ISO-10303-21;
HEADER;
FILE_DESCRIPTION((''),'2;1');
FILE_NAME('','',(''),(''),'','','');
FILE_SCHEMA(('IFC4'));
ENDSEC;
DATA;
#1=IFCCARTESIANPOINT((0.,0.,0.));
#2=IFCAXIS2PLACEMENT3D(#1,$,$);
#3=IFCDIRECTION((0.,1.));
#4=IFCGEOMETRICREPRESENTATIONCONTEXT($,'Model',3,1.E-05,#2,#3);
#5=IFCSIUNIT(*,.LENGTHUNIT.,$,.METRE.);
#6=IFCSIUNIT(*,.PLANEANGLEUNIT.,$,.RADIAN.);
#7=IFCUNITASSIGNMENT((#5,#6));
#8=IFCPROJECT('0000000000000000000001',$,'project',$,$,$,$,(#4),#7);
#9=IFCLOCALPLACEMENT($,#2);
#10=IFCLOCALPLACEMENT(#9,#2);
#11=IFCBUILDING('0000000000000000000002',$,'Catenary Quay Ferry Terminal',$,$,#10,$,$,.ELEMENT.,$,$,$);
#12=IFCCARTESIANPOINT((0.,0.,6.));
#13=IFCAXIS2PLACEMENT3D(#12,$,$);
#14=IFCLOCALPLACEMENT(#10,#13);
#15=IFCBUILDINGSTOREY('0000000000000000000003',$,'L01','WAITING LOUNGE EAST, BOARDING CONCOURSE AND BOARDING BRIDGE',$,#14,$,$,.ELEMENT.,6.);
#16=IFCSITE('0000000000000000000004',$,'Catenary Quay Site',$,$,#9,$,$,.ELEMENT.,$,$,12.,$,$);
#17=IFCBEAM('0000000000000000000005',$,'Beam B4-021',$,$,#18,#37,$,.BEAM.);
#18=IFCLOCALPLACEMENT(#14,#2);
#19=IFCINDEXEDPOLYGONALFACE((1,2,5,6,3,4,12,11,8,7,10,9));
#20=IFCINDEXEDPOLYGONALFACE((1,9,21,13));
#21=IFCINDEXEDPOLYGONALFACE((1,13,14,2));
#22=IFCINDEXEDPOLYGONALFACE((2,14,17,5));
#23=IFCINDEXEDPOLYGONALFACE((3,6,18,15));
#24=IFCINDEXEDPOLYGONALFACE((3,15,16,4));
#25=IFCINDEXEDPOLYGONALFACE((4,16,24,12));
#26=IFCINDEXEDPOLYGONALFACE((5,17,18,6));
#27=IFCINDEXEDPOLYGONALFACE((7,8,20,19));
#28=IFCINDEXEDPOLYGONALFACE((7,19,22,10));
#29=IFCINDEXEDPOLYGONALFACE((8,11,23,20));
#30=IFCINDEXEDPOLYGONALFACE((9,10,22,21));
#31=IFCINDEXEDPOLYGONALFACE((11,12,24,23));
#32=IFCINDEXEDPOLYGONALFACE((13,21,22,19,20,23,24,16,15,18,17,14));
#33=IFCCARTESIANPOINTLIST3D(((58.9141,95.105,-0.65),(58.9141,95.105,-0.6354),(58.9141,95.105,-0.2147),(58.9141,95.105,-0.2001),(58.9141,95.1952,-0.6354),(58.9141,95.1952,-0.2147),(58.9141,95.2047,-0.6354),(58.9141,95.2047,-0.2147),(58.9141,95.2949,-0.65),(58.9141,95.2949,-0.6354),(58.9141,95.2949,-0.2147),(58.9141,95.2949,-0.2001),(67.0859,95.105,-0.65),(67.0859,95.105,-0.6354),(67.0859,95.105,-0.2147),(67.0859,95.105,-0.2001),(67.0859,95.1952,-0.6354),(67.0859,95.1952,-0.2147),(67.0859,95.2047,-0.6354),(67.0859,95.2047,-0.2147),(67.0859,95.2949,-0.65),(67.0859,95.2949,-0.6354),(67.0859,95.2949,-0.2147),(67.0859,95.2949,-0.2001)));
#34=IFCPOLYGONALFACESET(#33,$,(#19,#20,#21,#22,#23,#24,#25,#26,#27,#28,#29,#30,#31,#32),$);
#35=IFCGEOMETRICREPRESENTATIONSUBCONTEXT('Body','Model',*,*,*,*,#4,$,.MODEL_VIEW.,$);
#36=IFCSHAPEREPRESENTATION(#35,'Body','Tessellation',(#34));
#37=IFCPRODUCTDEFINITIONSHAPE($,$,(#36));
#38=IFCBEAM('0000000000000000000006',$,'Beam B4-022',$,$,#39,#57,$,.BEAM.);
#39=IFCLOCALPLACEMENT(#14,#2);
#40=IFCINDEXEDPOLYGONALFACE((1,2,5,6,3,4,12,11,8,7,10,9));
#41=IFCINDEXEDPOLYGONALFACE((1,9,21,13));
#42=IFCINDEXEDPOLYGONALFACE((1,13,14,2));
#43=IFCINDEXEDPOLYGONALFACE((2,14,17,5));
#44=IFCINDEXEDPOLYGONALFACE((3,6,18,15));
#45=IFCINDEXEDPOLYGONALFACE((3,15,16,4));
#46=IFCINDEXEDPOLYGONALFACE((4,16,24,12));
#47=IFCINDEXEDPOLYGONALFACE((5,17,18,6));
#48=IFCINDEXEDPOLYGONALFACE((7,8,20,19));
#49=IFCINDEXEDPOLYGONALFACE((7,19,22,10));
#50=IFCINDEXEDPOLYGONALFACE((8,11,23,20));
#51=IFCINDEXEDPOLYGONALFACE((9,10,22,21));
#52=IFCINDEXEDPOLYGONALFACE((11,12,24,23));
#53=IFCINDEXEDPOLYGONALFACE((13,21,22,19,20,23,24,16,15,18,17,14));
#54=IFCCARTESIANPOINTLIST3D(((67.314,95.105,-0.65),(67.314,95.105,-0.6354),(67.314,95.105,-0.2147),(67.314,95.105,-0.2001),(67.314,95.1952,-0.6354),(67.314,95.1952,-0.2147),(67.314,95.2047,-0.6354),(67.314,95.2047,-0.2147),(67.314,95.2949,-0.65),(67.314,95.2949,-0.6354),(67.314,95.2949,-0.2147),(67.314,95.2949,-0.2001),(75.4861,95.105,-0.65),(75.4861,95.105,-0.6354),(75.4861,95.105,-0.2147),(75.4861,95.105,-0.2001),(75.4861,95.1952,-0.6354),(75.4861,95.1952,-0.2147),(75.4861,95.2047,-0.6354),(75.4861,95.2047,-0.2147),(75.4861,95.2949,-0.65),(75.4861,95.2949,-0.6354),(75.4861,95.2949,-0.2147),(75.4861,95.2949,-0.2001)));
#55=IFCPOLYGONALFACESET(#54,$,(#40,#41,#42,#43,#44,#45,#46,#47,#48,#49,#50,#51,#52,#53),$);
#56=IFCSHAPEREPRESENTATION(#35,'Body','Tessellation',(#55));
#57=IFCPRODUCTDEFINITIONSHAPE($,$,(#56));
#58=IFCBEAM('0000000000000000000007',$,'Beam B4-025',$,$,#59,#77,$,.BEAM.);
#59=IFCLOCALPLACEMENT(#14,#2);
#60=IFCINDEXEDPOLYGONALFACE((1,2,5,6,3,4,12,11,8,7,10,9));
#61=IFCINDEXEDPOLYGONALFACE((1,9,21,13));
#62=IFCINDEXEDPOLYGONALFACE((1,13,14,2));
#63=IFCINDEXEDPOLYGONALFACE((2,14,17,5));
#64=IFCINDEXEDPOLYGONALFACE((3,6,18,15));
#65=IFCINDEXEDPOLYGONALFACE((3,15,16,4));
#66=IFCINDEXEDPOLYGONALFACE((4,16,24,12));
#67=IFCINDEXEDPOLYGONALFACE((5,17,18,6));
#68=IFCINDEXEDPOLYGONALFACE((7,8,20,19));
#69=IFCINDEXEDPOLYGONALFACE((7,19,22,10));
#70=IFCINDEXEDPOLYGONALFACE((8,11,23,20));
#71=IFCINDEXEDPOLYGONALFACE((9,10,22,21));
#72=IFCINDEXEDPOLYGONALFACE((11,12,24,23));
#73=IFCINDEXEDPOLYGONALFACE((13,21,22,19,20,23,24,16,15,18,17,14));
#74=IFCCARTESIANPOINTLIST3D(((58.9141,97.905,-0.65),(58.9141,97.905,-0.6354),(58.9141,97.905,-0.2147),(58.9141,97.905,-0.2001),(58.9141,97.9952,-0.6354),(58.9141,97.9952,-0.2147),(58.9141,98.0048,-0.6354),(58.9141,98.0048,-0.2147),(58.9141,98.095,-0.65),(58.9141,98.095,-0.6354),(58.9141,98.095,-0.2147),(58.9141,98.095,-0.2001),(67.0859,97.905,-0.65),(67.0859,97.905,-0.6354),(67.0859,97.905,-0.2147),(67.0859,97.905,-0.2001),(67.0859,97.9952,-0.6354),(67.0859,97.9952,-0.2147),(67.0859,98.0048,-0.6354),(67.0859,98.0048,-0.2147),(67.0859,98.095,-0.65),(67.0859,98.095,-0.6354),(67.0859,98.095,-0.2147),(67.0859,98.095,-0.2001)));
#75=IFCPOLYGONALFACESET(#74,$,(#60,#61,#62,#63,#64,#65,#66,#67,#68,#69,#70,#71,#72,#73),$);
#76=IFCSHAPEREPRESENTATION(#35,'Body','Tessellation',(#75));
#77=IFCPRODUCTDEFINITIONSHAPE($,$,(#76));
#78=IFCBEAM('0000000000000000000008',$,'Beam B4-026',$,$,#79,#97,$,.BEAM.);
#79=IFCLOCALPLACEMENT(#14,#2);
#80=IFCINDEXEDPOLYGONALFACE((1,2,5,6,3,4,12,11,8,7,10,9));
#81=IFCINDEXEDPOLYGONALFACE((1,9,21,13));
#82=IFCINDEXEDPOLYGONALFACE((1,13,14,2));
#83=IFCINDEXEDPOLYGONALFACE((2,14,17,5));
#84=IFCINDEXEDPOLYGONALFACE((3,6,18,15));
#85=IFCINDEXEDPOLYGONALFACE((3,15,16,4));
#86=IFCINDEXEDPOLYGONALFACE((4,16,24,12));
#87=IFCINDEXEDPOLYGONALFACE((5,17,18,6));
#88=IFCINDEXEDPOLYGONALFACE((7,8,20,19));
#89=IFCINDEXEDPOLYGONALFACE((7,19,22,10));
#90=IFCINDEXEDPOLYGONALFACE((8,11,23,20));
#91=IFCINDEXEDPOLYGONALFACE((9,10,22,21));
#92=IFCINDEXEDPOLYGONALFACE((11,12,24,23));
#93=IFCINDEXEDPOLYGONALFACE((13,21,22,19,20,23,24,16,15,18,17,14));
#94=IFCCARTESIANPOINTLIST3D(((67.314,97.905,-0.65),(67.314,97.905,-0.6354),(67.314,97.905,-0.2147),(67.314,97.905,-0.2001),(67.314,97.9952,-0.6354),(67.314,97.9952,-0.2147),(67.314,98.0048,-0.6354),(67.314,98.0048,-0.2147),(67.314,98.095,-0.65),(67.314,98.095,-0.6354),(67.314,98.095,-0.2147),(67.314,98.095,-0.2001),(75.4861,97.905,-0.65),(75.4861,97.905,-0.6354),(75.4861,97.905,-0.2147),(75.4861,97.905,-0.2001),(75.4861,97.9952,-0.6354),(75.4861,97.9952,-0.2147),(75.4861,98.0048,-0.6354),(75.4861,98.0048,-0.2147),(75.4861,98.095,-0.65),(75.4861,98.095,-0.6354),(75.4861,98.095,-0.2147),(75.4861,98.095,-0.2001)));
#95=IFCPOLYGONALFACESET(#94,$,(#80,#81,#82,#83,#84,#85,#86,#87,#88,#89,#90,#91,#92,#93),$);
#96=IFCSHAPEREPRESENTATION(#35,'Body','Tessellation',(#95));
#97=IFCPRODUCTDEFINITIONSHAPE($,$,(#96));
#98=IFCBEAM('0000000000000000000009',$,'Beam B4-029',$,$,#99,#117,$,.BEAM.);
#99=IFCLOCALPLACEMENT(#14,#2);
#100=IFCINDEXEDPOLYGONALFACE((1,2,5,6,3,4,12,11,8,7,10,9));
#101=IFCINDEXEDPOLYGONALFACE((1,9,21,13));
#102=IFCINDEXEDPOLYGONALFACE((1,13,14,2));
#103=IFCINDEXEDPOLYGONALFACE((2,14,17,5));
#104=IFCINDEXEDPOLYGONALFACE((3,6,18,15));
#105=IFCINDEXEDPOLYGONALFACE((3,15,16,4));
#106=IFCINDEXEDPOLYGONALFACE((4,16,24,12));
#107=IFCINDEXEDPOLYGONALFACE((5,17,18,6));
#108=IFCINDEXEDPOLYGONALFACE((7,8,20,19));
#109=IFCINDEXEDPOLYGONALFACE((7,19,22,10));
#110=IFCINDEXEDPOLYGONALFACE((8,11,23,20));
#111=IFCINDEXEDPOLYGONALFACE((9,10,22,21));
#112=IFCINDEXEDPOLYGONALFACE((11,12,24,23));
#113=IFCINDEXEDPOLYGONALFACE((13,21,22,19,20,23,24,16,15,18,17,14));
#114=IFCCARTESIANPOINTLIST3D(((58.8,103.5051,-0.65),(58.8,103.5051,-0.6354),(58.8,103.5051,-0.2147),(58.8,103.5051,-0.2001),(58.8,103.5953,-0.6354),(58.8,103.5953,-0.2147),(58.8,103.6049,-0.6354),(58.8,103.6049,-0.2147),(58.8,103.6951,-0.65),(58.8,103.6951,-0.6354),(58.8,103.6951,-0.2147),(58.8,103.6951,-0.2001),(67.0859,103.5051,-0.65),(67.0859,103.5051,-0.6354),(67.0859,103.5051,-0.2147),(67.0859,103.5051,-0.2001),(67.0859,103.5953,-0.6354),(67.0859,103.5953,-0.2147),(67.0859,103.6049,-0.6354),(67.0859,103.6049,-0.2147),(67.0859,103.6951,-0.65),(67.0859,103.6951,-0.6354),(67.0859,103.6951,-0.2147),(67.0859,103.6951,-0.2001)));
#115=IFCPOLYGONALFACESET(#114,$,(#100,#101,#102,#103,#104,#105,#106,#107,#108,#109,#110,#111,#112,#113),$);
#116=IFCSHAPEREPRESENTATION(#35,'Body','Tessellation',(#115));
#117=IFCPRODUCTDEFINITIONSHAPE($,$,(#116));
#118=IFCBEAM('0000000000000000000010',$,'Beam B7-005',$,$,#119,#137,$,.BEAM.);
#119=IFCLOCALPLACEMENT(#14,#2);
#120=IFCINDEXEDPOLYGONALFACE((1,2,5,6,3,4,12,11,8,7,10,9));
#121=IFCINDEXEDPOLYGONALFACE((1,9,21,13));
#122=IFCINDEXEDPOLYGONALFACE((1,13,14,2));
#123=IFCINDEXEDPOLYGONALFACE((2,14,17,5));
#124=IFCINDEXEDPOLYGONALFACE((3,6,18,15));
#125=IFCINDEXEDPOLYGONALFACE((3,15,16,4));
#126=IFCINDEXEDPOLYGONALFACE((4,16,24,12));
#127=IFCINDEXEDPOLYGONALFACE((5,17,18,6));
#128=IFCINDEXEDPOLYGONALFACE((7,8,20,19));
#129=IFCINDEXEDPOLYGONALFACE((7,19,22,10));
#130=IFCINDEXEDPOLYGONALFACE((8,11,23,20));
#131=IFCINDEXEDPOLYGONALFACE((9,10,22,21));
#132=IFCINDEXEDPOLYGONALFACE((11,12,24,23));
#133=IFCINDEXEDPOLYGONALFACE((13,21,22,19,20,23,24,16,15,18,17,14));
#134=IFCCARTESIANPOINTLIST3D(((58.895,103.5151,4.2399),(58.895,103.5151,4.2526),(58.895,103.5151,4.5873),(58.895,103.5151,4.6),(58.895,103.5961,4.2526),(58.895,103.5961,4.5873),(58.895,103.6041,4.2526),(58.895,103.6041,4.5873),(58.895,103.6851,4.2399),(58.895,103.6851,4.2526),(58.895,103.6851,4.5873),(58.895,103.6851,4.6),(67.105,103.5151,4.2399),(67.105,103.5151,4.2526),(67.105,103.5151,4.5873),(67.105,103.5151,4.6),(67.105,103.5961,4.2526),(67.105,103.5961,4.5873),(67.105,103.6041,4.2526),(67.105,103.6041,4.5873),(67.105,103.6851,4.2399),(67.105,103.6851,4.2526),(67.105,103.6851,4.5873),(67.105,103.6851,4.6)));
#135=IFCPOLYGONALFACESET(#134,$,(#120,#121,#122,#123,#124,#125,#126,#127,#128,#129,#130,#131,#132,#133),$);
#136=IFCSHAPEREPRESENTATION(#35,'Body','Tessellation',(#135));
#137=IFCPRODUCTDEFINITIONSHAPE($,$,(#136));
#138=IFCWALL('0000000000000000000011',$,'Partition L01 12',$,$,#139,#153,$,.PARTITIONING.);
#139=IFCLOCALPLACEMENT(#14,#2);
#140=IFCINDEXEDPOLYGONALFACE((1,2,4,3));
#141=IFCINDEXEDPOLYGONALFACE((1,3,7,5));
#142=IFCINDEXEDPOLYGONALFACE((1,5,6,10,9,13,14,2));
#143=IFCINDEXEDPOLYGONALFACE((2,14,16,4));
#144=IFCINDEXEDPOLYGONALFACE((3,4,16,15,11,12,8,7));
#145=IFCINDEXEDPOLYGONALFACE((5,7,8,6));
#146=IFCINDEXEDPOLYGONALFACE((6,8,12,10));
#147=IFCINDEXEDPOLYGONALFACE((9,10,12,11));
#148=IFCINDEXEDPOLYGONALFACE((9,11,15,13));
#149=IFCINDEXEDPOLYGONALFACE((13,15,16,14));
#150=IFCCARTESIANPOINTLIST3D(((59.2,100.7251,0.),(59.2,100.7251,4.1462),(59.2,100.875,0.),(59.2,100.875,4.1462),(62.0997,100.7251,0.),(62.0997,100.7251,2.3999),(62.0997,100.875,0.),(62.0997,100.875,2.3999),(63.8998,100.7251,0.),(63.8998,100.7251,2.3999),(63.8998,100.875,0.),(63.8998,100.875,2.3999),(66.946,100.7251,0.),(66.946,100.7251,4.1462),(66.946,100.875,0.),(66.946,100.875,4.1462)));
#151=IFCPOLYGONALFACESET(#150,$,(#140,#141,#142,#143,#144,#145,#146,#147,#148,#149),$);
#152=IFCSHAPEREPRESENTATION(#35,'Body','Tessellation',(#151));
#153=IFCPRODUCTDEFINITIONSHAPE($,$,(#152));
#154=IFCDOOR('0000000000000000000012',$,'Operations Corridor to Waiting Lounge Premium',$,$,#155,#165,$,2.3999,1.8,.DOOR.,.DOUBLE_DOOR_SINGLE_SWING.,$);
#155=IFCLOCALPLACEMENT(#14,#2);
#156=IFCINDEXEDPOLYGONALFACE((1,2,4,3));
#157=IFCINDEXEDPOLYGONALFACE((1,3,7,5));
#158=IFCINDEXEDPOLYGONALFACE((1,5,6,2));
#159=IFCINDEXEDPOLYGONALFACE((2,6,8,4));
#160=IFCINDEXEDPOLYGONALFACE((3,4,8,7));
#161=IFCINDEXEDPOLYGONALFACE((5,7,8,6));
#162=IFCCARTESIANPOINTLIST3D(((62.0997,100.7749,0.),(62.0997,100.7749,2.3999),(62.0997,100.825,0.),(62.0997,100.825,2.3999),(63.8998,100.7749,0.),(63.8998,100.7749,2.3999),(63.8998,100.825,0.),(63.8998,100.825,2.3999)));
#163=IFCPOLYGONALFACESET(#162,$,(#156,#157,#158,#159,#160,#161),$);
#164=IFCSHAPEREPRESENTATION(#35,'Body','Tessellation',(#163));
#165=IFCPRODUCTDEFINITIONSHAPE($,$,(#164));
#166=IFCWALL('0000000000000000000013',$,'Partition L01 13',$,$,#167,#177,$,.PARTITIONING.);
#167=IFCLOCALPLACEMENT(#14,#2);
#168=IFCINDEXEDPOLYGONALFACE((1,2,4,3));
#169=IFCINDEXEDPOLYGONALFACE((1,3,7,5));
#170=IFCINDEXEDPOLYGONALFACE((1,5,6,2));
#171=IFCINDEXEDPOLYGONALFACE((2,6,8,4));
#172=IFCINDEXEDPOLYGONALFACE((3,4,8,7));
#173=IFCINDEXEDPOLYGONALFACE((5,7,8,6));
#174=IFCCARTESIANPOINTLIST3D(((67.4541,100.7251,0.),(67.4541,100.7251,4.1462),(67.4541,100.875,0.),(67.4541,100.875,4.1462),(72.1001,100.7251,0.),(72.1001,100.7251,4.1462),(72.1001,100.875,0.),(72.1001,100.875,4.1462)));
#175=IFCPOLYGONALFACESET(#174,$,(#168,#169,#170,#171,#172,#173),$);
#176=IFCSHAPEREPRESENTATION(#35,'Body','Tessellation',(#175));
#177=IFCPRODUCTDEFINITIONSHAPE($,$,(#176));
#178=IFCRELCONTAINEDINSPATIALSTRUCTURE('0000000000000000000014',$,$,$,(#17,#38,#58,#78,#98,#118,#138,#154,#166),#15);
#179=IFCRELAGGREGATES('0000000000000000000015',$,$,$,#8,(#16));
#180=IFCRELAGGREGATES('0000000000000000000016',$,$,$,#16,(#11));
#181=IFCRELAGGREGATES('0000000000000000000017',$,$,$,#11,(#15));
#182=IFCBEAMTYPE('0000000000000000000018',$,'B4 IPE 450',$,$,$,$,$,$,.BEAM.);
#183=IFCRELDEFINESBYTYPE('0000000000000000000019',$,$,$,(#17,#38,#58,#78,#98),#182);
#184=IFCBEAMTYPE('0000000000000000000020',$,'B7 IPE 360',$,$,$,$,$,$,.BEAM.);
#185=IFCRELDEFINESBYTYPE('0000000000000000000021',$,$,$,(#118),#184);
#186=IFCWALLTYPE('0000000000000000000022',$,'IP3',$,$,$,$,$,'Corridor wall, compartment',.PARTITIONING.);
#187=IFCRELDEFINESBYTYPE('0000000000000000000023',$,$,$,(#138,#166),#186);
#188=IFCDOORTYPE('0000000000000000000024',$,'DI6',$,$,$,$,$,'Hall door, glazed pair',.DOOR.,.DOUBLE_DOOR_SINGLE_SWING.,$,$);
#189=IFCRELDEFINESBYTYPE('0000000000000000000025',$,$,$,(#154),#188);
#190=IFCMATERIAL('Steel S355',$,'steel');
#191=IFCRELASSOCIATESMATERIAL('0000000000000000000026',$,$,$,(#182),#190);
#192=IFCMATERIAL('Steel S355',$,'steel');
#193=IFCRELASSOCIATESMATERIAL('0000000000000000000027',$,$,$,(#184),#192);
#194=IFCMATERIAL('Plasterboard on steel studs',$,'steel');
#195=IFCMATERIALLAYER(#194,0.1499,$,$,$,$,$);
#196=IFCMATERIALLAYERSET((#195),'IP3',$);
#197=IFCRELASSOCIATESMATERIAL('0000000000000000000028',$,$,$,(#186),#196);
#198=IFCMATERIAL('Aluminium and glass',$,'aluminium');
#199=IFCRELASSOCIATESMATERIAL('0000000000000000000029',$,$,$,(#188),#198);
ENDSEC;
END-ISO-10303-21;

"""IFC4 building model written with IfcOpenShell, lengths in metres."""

from ifc_helpers import new_model, si_unit, direction, frame, frame_2d, origin, origin_2d, place, context, subcontext, project, spatial, rectangle, i_section, extrude, material, layer, layer_set, material_profile, profile_set, type_object, element, fill, save


model = new_model("IFC4")

# Units and contexts
model_context = context("Model", 3, precision=1e-05, world=origin(), true_north=direction((0.0, 1.0)))
body_context = subcontext(model_context, "Body", "Model", "MODEL_VIEW")
ifc_project = project(units=[si_unit("LENGTHUNIT", "METRE"), si_unit("PLANEANGLEUNIT", "RADIAN")], contexts=[model_context])

# Site, building, storey
site_placement = place(None, origin())
site = spatial("IfcSite", under=ifc_project, at=site_placement, Name="Catenary Quay Site", CompositionType="ELEMENT", RefElevation=12.0)
building_placement = place(site_placement, origin())
building = spatial("IfcBuilding", under=site, at=building_placement, Name="Catenary Quay Ferry Terminal", CompositionType="ELEMENT")
storey_placement = place(building_placement, frame((0.0, 0.0, 6.0)))
storey = spatial("IfcBuildingStorey", under=building, at=storey_placement, Name="L01", Description="WAITING LOUNGE EAST, BOARDING CONCOURSE AND BOARDING BRIDGE", CompositionType="ELEMENT", Elevation=6.0)

# Beams
ifc_material_1 = material(Name="Steel S355", Category="steel")
ifc_material_profile_1 = material_profile(ifc_material_1, i_section(OverallWidth=0.1899, OverallDepth=0.45, WebThickness=0.0095, FlangeThickness=0.0146, at=origin_2d()), Name="IPE 450")
ifc_profile_set_1 = profile_set([ifc_material_profile_1], Name="Steel S355")
beam_type_1 = type_object("IfcBeamType", Name="B4 IPE 450", PredefinedType="BEAM", material=ifc_profile_set_1)
beam_1_placement = place(storey_placement, frame((58.9141, 95.2, -0.425), z_axis=(1.0, 0.0, 0.0), x_axis=(0.0, 1.0, 0.0)))
element("IfcBeam", 1, at=beam_1_placement, inside=storey, type_object=beam_type_1, Name="Beam B4-021", PredefinedType="BEAM", context=body_context, shape_type="SweptSolid", body=[
    extrude(i_section(OverallWidth=0.1899, OverallDepth=0.45, WebThickness=0.0095, FlangeThickness=0.0146, at=origin_2d()), origin(), (0.0, 0.0, 1.0), 8.1719),
])
beam_2_placement = place(storey_placement, frame((67.314, 95.2, -0.425), z_axis=(1.0, 0.0, 0.0), x_axis=(0.0, 1.0, 0.0)))
element("IfcBeam", 2, at=beam_2_placement, inside=storey, type_object=beam_type_1, Name="Beam B4-022", PredefinedType="BEAM", context=body_context, shape_type="SweptSolid", body=[
    extrude(i_section(OverallWidth=0.1899, OverallDepth=0.45, WebThickness=0.0095, FlangeThickness=0.0146, at=origin_2d()), origin(), (0.0, 0.0, 1.0), 8.1721),
])
beam_3_placement = place(storey_placement, frame((58.9141, 98.0, -0.425), z_axis=(1.0, 0.0, 0.0), x_axis=(0.0, 1.0, 0.0)))
element("IfcBeam", 3, at=beam_3_placement, inside=storey, type_object=beam_type_1, Name="Beam B4-025", PredefinedType="BEAM", context=body_context, shape_type="SweptSolid", body=[
    extrude(i_section(OverallWidth=0.1899, OverallDepth=0.45, WebThickness=0.0095, FlangeThickness=0.0146, at=origin_2d()), origin(), (0.0, 0.0, 1.0), 8.1719),
])
beam_4_placement = place(storey_placement, frame((67.314, 98.0, -0.425), z_axis=(1.0, 0.0, 0.0), x_axis=(0.0, 1.0, 0.0)))
element("IfcBeam", 4, at=beam_4_placement, inside=storey, type_object=beam_type_1, Name="Beam B4-026", PredefinedType="BEAM", context=body_context, shape_type="SweptSolid", body=[
    extrude(i_section(OverallWidth=0.1899, OverallDepth=0.45, WebThickness=0.0095, FlangeThickness=0.0146, at=origin_2d()), origin(), (0.0, 0.0, 1.0), 8.1721),
])
beam_5_placement = place(storey_placement, frame((58.8, 103.6001, -0.425), z_axis=(1.0, 0.0, 0.0), x_axis=(0.0, 1.0, 0.0)))
element("IfcBeam", 5, at=beam_5_placement, inside=storey, type_object=beam_type_1, Name="Beam B4-029", PredefinedType="BEAM", context=body_context, shape_type="SweptSolid", body=[
    extrude(i_section(OverallWidth=0.1899, OverallDepth=0.45, WebThickness=0.0095, FlangeThickness=0.0146, at=origin_2d()), origin(), (0.0, 0.0, 1.0), 8.2859),
])
ifc_material_2 = material(Name="Steel S355", Category="steel")
ifc_material_profile_2 = material_profile(ifc_material_2, i_section(OverallWidth=0.1699, OverallDepth=0.3601, WebThickness=0.0081, FlangeThickness=0.0127, at=origin_2d()), Name="IPE 360")
ifc_profile_set_2 = profile_set([ifc_material_profile_2], Name="Steel S355")
beam_type_2 = type_object("IfcBeamType", Name="B7 IPE 360", PredefinedType="BEAM", material=ifc_profile_set_2)
beam_6_placement = place(storey_placement, frame((58.895, 103.6001, 4.4199), z_axis=(1.0, 0.0, 0.0), x_axis=(0.0, 1.0, 0.0)))
element("IfcBeam", 6, at=beam_6_placement, inside=storey, type_object=beam_type_2, Name="Beam B7-005", PredefinedType="BEAM", context=body_context, shape_type="SweptSolid", body=[
    extrude(i_section(OverallWidth=0.1699, OverallDepth=0.3601, WebThickness=0.0081, FlangeThickness=0.0127, at=origin_2d()), origin(), (0.0, 0.0, 1.0), 8.21),
])

# Wall, opening, door
ifc_material_3 = material(Name="Plasterboard on steel studs", Category="steel")
ifc_layer_1 = layer(ifc_material_3, 0.1499)
ifc_layer_set_1 = layer_set([ifc_layer_1], Name="IP3")
wall_type_1 = type_object("IfcWallType", Name="IP3", ElementType="Corridor wall, compartment", PredefinedType="PARTITIONING", material=ifc_layer_set_1)
wall_1_placement = place(storey_placement, frame((59.2, 100.8, 0.0), z_axis=(0.0, 0.0, 1.0), x_axis=(1.0, 0.0, 0.0)))
wall_1 = element("IfcWall", 7, at=wall_1_placement, inside=storey, type_object=wall_type_1, Name="Partition L01 12", PredefinedType="PARTITIONING", context=body_context, shape_type="SweptSolid", body=[
    extrude(rectangle(XDim=7.7461, YDim=0.1499, at=frame_2d((3.873, 0.0))), origin(), (0.0, 0.0, 1.0), 4.1462),
])
opening_placement = place(wall_1_placement, frame((2.8999, 0.0, 0.0)))
opening = element("IfcOpeningElement", 8, at=opening_placement, cuts=wall_1, PredefinedType="OPENING", context=body_context, shape_type="SweptSolid", body=[
    extrude(rectangle(XDim=1.8, YDim=2.3999, at=frame_2d((0.8999, 1.2))), frame((0.0, 0.085, 0.0), z_axis=(0.0, -1.0, 0.0), x_axis=(1.0, 0.0, 0.0)), (0.0, 0.0, 1.0), 0.1699),
])
ifc_material_4 = material(Name="Aluminium and glass", Category="aluminium")
door_type = type_object("IfcDoorType", Name="DI6", ElementType="Hall door, glazed pair", OperationType="DOUBLE_DOOR_SINGLE_SWING", PredefinedType="DOOR", material=ifc_material_4)
door_placement = place(opening_placement, origin())
door = element("IfcDoor", 9, at=door_placement, inside=storey, type_object=door_type, Name="Operations Corridor to Waiting Lounge Premium", OperationType="DOUBLE_DOOR_SINGLE_SWING", OverallHeight=2.3999, OverallWidth=1.8, PredefinedType="DOOR", context=body_context, shape_type="SweptSolid", body=[
    extrude(rectangle(XDim=1.8, YDim=2.3999, at=frame_2d((0.8999, 1.2))), frame((0.0, 0.0249, 0.0), z_axis=(0.0, -1.0, 0.0), x_axis=(1.0, 0.0, 0.0)), (0.0, 0.0, 1.0), 0.05),
])
fill(opening, door)

# Wall
wall_2_placement = place(storey_placement, frame((67.4541, 100.8, 0.0), z_axis=(0.0, 0.0, 1.0), x_axis=(1.0, 0.0, 0.0)))
element("IfcWall", 10, at=wall_2_placement, inside=storey, type_object=wall_type_1, Name="Partition L01 13", PredefinedType="PARTITIONING", context=body_context, shape_type="SweptSolid", body=[
    extrude(rectangle(XDim=4.646, YDim=0.1499, at=frame_2d((2.323, 0.0))), origin(), (0.0, 0.0, 1.0), 4.1462),
])

save(model, "model.ifc")
